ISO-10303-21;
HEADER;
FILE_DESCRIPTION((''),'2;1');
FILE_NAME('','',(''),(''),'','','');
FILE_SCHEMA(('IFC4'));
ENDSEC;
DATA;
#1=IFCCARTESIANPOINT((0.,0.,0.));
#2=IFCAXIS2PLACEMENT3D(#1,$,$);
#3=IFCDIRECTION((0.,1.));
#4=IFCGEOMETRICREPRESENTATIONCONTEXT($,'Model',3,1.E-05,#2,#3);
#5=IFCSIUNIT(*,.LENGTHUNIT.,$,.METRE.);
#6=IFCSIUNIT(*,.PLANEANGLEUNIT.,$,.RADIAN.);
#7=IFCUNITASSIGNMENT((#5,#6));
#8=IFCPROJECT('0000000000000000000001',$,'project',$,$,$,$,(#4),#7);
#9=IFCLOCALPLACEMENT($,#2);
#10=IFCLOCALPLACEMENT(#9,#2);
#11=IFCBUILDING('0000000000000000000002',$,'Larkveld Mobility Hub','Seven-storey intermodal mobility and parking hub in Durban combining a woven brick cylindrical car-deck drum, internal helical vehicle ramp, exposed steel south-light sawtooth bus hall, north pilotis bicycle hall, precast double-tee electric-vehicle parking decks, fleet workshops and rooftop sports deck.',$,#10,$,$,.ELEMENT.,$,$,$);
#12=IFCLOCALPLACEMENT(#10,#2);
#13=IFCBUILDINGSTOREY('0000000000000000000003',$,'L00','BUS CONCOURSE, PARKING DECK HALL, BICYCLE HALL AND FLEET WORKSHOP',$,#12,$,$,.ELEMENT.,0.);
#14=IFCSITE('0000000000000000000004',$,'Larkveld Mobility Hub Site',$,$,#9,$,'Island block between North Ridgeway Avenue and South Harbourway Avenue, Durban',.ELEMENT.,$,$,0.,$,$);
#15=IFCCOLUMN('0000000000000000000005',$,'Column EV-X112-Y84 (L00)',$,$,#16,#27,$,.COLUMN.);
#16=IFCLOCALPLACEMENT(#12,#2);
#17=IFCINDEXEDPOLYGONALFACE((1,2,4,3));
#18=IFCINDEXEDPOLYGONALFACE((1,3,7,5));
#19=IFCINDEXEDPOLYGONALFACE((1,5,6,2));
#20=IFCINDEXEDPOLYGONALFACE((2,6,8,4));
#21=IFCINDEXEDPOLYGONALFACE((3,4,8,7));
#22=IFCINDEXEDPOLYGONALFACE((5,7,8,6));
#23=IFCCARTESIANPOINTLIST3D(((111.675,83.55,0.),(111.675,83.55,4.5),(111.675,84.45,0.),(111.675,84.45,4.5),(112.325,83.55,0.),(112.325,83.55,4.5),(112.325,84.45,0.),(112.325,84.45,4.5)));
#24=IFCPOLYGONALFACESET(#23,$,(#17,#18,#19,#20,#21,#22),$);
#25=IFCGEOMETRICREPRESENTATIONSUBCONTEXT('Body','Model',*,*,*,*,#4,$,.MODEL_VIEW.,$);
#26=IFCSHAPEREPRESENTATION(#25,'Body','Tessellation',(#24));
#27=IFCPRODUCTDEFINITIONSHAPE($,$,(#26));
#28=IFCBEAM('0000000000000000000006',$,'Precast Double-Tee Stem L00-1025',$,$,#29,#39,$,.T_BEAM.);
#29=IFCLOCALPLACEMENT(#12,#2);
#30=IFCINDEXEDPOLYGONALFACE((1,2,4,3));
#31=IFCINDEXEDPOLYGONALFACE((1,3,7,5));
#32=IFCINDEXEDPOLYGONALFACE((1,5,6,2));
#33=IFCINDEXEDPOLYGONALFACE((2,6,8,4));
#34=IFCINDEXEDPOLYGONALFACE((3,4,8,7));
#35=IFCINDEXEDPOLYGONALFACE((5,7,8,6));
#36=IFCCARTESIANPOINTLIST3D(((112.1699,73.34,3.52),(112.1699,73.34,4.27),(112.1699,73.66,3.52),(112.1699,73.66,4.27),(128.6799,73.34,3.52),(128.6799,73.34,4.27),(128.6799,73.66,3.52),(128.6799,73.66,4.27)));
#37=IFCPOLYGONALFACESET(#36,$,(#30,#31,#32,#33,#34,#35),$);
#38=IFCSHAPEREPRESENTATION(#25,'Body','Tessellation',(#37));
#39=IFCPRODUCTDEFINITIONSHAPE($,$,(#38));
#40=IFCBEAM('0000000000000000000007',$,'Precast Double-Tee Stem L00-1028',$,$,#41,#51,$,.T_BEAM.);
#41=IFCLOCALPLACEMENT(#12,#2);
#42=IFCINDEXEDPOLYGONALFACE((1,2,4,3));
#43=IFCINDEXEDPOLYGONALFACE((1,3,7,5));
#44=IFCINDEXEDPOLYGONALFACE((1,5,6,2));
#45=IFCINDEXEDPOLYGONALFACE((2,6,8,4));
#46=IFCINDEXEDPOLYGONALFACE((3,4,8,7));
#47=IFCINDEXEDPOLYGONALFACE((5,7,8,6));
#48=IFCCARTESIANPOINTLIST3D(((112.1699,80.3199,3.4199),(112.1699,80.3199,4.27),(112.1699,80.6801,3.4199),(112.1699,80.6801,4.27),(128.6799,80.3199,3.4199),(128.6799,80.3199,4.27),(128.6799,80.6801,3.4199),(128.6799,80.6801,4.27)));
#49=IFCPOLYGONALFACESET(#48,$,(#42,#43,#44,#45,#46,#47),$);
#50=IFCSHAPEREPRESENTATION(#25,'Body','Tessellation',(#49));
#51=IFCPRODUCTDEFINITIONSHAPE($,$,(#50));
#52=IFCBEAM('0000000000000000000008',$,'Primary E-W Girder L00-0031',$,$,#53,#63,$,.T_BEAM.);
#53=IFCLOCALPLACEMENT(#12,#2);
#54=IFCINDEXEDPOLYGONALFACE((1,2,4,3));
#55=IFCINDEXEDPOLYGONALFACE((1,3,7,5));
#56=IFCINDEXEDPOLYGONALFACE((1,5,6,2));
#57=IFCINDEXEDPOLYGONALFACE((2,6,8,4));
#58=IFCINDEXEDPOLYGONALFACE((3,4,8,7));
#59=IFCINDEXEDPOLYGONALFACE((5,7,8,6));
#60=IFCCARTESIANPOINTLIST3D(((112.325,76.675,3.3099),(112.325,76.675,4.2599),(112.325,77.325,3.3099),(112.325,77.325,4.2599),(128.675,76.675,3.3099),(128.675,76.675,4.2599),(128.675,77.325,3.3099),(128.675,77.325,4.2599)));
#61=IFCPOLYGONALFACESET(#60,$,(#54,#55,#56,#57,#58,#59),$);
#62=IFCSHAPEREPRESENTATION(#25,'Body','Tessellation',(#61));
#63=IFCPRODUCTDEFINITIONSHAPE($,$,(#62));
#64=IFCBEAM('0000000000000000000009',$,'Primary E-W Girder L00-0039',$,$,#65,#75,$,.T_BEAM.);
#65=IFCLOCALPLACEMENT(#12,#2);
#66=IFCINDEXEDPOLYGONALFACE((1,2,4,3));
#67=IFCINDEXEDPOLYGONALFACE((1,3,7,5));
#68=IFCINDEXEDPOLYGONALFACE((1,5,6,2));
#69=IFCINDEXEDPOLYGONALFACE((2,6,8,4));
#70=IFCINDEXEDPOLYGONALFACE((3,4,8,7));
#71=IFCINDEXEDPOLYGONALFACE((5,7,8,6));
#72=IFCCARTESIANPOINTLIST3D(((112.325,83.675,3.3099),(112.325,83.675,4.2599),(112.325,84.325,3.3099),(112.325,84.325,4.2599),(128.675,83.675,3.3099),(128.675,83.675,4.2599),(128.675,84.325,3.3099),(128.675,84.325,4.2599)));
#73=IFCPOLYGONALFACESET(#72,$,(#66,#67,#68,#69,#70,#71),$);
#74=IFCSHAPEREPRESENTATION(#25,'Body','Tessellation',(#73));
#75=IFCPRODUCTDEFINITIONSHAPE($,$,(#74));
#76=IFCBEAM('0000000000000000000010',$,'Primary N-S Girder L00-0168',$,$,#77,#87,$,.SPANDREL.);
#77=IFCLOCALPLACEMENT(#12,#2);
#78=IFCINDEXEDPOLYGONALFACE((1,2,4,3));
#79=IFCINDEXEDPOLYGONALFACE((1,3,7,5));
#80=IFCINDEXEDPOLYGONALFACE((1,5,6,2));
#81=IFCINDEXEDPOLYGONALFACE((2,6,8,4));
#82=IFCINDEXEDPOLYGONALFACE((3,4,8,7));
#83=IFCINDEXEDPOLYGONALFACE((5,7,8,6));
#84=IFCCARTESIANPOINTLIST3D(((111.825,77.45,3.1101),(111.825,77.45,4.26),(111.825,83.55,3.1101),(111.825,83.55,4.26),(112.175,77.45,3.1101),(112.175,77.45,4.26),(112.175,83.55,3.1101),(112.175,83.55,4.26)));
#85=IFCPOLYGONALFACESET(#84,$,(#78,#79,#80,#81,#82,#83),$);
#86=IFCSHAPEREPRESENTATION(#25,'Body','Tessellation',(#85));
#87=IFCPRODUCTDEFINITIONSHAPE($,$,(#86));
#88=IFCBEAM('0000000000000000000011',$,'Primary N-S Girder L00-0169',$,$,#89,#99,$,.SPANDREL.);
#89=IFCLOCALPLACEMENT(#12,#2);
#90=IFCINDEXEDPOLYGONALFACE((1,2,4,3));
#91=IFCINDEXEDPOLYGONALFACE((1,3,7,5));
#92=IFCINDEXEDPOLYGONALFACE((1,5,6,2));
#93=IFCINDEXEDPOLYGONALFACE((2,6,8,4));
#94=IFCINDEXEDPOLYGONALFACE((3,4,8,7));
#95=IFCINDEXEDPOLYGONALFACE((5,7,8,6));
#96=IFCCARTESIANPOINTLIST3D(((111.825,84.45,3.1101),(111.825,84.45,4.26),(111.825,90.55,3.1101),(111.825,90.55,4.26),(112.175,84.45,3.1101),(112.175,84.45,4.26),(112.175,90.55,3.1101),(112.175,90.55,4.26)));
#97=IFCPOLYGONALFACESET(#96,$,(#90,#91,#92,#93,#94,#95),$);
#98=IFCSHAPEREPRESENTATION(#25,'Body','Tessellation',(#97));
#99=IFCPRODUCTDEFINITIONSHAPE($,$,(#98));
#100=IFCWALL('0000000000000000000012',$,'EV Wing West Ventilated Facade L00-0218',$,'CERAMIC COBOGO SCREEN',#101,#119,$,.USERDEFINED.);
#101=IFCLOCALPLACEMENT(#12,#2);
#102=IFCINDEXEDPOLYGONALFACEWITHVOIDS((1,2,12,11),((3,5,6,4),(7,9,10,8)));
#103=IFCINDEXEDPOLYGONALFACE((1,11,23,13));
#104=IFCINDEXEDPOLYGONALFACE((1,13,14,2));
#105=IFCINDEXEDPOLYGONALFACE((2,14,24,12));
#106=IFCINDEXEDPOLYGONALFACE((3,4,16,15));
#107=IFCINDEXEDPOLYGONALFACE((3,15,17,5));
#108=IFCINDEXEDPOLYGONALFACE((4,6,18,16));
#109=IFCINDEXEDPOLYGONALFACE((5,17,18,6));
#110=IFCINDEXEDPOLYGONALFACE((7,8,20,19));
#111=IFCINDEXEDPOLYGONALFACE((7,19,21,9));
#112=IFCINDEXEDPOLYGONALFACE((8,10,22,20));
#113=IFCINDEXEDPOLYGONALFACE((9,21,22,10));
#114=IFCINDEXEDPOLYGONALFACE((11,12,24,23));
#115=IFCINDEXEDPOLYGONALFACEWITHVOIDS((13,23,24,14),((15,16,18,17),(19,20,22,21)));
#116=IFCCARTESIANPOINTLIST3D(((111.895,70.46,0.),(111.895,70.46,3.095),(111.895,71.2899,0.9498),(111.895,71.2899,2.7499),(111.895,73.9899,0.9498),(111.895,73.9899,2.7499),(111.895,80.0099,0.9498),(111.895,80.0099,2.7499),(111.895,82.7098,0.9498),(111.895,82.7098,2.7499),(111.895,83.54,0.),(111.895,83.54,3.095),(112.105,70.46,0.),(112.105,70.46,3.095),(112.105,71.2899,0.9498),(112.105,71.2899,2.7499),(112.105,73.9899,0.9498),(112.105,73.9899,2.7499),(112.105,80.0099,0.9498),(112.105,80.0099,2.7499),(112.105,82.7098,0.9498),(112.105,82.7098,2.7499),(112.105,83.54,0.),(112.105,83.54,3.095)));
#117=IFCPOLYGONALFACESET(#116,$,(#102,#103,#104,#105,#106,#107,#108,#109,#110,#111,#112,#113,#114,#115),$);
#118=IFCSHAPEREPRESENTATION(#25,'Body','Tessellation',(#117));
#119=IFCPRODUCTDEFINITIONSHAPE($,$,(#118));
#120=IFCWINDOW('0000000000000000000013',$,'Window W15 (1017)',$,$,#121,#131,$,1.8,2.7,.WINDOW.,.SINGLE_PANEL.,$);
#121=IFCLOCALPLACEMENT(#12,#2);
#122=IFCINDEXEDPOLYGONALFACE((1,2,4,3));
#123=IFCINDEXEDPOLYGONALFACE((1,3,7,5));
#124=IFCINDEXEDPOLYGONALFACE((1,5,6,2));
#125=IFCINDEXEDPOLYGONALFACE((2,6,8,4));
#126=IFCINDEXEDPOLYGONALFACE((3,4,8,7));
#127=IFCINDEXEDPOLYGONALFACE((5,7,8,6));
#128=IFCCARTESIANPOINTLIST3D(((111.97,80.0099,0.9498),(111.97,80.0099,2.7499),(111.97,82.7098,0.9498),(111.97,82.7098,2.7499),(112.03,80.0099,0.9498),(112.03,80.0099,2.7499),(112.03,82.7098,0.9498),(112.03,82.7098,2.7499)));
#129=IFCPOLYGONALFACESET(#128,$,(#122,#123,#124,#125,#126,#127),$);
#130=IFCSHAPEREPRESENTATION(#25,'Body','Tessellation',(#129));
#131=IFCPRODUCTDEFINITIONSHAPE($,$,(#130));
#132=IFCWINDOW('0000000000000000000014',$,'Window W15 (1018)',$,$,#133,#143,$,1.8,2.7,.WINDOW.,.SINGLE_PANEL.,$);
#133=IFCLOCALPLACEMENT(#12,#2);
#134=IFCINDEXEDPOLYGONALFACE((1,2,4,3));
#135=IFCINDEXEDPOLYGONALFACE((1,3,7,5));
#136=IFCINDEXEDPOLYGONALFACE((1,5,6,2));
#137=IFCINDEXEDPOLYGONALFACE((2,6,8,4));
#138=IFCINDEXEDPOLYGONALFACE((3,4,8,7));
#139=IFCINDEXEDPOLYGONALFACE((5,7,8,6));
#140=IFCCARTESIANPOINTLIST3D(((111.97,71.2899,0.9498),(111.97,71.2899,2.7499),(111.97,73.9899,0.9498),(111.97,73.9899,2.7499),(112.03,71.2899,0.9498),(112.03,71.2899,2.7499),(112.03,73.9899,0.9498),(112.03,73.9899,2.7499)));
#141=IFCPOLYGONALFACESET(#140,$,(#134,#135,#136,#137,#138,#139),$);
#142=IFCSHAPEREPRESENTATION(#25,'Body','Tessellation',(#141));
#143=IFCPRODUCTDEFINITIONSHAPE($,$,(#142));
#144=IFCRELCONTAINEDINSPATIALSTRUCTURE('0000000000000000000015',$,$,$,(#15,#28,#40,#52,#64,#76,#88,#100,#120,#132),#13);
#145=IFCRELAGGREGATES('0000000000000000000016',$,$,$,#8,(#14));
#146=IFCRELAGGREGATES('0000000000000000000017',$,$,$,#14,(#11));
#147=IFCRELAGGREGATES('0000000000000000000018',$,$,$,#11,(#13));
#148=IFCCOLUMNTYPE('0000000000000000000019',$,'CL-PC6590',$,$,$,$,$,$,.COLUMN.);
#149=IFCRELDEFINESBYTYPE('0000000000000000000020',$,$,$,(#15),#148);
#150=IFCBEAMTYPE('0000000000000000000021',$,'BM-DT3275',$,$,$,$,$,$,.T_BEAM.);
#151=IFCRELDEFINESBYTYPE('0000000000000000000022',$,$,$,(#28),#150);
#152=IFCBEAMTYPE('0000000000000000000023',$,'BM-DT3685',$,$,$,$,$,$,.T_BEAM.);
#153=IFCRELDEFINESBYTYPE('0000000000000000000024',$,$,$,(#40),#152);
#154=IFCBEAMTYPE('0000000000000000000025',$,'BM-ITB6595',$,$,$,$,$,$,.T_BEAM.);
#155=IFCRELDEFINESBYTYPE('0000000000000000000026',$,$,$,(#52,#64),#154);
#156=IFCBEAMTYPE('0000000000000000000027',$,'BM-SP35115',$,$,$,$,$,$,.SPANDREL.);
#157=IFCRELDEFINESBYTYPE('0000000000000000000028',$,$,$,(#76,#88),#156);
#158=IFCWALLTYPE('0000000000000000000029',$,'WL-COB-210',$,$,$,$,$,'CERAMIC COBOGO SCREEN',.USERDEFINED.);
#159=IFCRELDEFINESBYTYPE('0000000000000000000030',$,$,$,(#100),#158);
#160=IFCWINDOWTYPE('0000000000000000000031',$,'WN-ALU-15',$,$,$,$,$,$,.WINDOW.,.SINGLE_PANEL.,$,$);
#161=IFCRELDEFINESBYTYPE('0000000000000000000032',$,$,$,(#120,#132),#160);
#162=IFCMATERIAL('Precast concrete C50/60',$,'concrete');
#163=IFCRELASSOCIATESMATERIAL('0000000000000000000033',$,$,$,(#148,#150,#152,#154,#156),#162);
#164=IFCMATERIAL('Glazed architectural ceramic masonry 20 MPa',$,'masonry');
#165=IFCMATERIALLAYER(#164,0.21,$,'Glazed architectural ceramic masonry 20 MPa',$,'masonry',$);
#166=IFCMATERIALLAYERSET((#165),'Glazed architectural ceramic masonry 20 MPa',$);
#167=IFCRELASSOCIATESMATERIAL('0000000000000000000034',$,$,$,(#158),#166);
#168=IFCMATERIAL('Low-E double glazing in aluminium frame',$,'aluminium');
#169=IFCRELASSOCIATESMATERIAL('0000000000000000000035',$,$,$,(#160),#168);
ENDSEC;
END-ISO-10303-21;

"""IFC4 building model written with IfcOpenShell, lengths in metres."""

from ifc_helpers import new_model, si_unit, direction, frame, frame_2d, origin, origin_2d, place, context, subcontext, project, spatial, rectangle, extrude, material, layer, layer_set, material_profile, profile_set, type_object, element, fill, save


model = new_model("IFC4")

# Units and contexts
model_context = context("Model", 3, precision=1e-05, world=origin(), true_north=direction((0.0, 1.0)))
body_context = subcontext(model_context, "Body", "Model", "MODEL_VIEW")
ifc_project = project(units=[si_unit("LENGTHUNIT", "METRE"), si_unit("PLANEANGLEUNIT", "RADIAN")], contexts=[model_context])

# Site, building, storey
site_placement = place(None, origin())
site = spatial("IfcSite", under=ifc_project, at=site_placement, Name="Larkveld Mobility Hub Site", LongName="Island block between North Ridgeway Avenue and South Harbourway Avenue, Durban", CompositionType="ELEMENT", RefElevation=0.0)
building_placement = place(site_placement, origin())
building = spatial("IfcBuilding", under=site, at=building_placement, Name="Larkveld Mobility Hub", Description="Seven-storey intermodal mobility and parking hub in Durban combining a woven brick cylindrical car-deck drum, internal helical vehicle ramp, exposed steel south-light sawtooth bus hall, north pilotis bicycle hall, precast double-tee electric-vehicle parking decks, fleet workshops and rooftop sports deck.", CompositionType="ELEMENT")
storey_placement = place(building_placement, origin())
storey = spatial("IfcBuildingStorey", under=building, at=storey_placement, Name="L00", Description="BUS CONCOURSE, PARKING DECK HALL, BICYCLE HALL AND FLEET WORKSHOP", CompositionType="ELEMENT", Elevation=0.0)

# Column
ifc_material_1 = material(Name="Precast concrete C50/60", Category="concrete")
ifc_material_profile_1 = material_profile(ifc_material_1, rectangle(XDim=0.6499, YDim=0.8999, at=origin_2d()), Name="RC COL 650x900")
ifc_profile_set_1 = profile_set([ifc_material_profile_1], Name="Precast concrete C50/60")
column_type = type_object("IfcColumnType", Name="CL-PC6590", PredefinedType="COLUMN", material=ifc_profile_set_1)
for number, where, z_axis, x_axis, name in (
    (1, (112.0, 84.0, 0.0), (0.0, 0.0, 1.0), (1.0, 0.0, 0.0), "Column EV-X112-Y84 (L00)"),
):
    element("IfcColumn", number, at=place(storey_placement, frame(where, z_axis=z_axis, x_axis=x_axis)), inside=storey, type_object=column_type, Name=name, PredefinedType="COLUMN", context=body_context, shape_type="SweptSolid", body=[
        extrude(rectangle(XDim=0.6499, YDim=0.8999, at=origin_2d()), origin(), (0.0, 0.0, 1.0), 4.5),
    ])

# Beams
ifc_material_profile_2 = material_profile(ifc_material_1, rectangle(XDim=0.3201, YDim=0.75, at=origin_2d()), Name="PC DT 320x750")
ifc_profile_set_2 = profile_set([ifc_material_profile_2], Name="Precast concrete C50/60")
beam_type_1 = type_object("IfcBeamType", Name="BM-DT3275", PredefinedType="T_BEAM", material=ifc_profile_set_2)
beam_1_placement = place(storey_placement, frame((112.1699, 73.5, 3.895), z_axis=(1.0, 0.0, 0.0), x_axis=(0.0, 1.0, 0.0)))
element("IfcBeam", 2, at=beam_1_placement, inside=storey, type_object=beam_type_1, Name="Precast Double-Tee Stem L00-1025", PredefinedType="T_BEAM", context=body_context, shape_type="SweptSolid", body=[
    extrude(rectangle(XDim=0.3201, YDim=0.75, at=origin_2d()), origin(), (0.0, 0.0, 1.0), 16.51),
])
ifc_material_profile_3 = material_profile(ifc_material_1, rectangle(XDim=0.3601, YDim=0.8501, at=origin_2d()), Name="PC DT 360x850")
ifc_profile_set_3 = profile_set([ifc_material_profile_3], Name="Precast concrete C50/60")
beam_type_2 = type_object("IfcBeamType", Name="BM-DT3685", PredefinedType="T_BEAM", material=ifc_profile_set_3)
beam_2_placement = place(storey_placement, frame((112.1699, 80.5, 3.845), z_axis=(1.0, 0.0, 0.0), x_axis=(0.0, 1.0, 0.0)))
element("IfcBeam", 3, at=beam_2_placement, inside=storey, type_object=beam_type_2, Name="Precast Double-Tee Stem L00-1028", PredefinedType="T_BEAM", context=body_context, shape_type="SweptSolid", body=[
    extrude(rectangle(XDim=0.3601, YDim=0.8501, at=origin_2d()), origin(), (0.0, 0.0, 1.0), 16.51),
])
ifc_material_profile_4 = material_profile(ifc_material_1, rectangle(XDim=0.6499, YDim=0.95, at=origin_2d()), Name="PC ITB 650x950")
ifc_profile_set_4 = profile_set([ifc_material_profile_4], Name="Precast concrete C50/60")
beam_type_3 = type_object("IfcBeamType", Name="BM-ITB6595", PredefinedType="T_BEAM", material=ifc_profile_set_4)
for number, where, z_axis, x_axis, name in (
    (4, (112.325, 77.0, 3.7849), (1.0, 0.0, 0.0), (0.0, 1.0, 0.0), "Primary E-W Girder L00-0031"),
    (5, (112.325, 84.0, 3.7849), (1.0, 0.0, 0.0), (0.0, 1.0, 0.0), "Primary E-W Girder L00-0039"),
):
    element("IfcBeam", number, at=place(storey_placement, frame(where, z_axis=z_axis, x_axis=x_axis)), inside=storey, type_object=beam_type_3, Name=name, PredefinedType="T_BEAM", context=body_context, shape_type="SweptSolid", body=[
        extrude(rectangle(XDim=0.6499, YDim=0.95, at=origin_2d()), origin(), (0.0, 0.0, 1.0), 16.3501),
    ])
ifc_material_profile_5 = material_profile(ifc_material_1, rectangle(XDim=0.3501, YDim=1.1499, at=origin_2d()), Name="PC SP 350x1150")
ifc_profile_set_5 = profile_set([ifc_material_profile_5], Name="Precast concrete C50/60")
beam_type_4 = type_object("IfcBeamType", Name="BM-SP35115", PredefinedType="SPANDREL", material=ifc_profile_set_5)
for number, where, z_axis, x_axis, name in (
    (6, (112.0, 77.45, 3.6851), (0.0, 1.0, 0.0), (-1.0, 0.0, 0.0), "Primary N-S Girder L00-0168"),
    (7, (112.0, 84.45, 3.6851), (0.0, 1.0, 0.0), (-1.0, 0.0, 0.0), "Primary N-S Girder L00-0169"),
):
    element("IfcBeam", number, at=place(storey_placement, frame(where, z_axis=z_axis, x_axis=x_axis)), inside=storey, type_object=beam_type_4, Name=name, PredefinedType="SPANDREL", context=body_context, shape_type="SweptSolid", body=[
        extrude(rectangle(XDim=0.3501, YDim=1.1499, at=origin_2d()), origin(), (0.0, 0.0, 1.0), 6.1001),
    ])

# Wall, openings, windows
ifc_material_2 = material(Name="Glazed architectural ceramic masonry 20 MPa", Category="masonry")
ifc_layer = layer(ifc_material_2, 0.21, Name="Glazed architectural ceramic masonry 20 MPa", Category="masonry")
ifc_layer_set = layer_set([ifc_layer], Name="Glazed architectural ceramic masonry 20 MPa")
wall_type = type_object("IfcWallType", Name="WL-COB-210", ElementType="CERAMIC COBOGO SCREEN", PredefinedType="USERDEFINED", material=ifc_layer_set)
wall_placement = place(storey_placement, frame((112.0, 83.54, 0.0), z_axis=(0.0, 0.0, 1.0), x_axis=(0.0, -1.0, 0.0)))
wall = element("IfcWall", 8, at=wall_placement, inside=storey, type_object=wall_type, Name="EV Wing West Ventilated Facade L00-0218", ObjectType="CERAMIC COBOGO SCREEN", PredefinedType="USERDEFINED", context=body_context, shape_type="SweptSolid", body=[
    extrude(rectangle(XDim=13.0801, YDim=0.21, at=frame_2d((6.54, 0.0))), origin(), (0.0, 0.0, 1.0), 3.095),
])
opening_1_placement = place(wall_placement, frame((0.8301, 0.0, 0.95)))
opening_1 = element("IfcOpeningElement", 9, at=opening_1_placement, cuts=wall, PredefinedType="OPENING", context=body_context, shape_type="SweptSolid", body=[
    extrude(rectangle(XDim=2.7, YDim=1.8, at=frame_2d((1.3501, 0.8999))), frame((0.0, 0.115, 0.0), z_axis=(0.0, -1.0, 0.0), x_axis=(1.0, 0.0, 0.0)), (0.0, 0.0, 1.0), 0.23),
])
opening_2_placement = place(wall_placement, frame((9.55, 0.0, 0.95)))
opening_2 = element("IfcOpeningElement", 10, at=opening_2_placement, cuts=wall, PredefinedType="OPENING", context=body_context, shape_type="SweptSolid", body=[
    extrude(rectangle(XDim=2.7, YDim=1.8, at=frame_2d((1.3501, 0.8999))), frame((0.0, 0.115, 0.0), z_axis=(0.0, -1.0, 0.0), x_axis=(1.0, 0.0, 0.0)), (0.0, 0.0, 1.0), 0.23),
])
ifc_material_3 = material(Name="Low-E double glazing in aluminium frame", Category="aluminium")
window_type = type_object("IfcWindowType", Name="WN-ALU-15", PartitioningType="SINGLE_PANEL", PredefinedType="WINDOW", material=ifc_material_3)
window_1_placement = place(opening_1_placement, origin())
window_1 = element("IfcWindow", 11, at=window_1_placement, inside=storey, type_object=window_type, Name="Window W15 (1017)", OverallHeight=1.8, OverallWidth=2.7, PartitioningType="SINGLE_PANEL", PredefinedType="WINDOW", context=body_context, shape_type="SweptSolid", body=[
    extrude(rectangle(XDim=2.7, YDim=1.8, at=frame_2d((1.3501, 0.8999))), frame((0.0, 0.03, 0.0), z_axis=(0.0, -1.0, 0.0), x_axis=(1.0, 0.0, 0.0)), (0.0, 0.0, 1.0), 0.0601),
])
fill(opening_1, window_1)
window_2_placement = place(opening_2_placement, origin())
window_2 = element("IfcWindow", 12, at=window_2_placement, inside=storey, type_object=window_type, Name="Window W15 (1018)", OverallHeight=1.8, OverallWidth=2.7, PartitioningType="SINGLE_PANEL", PredefinedType="WINDOW", context=body_context, shape_type="SweptSolid", body=[
    extrude(rectangle(XDim=2.7, YDim=1.8, at=frame_2d((1.3501, 0.8999))), frame((0.0, 0.03, 0.0), z_axis=(0.0, -1.0, 0.0), x_axis=(1.0, 0.0, 0.0)), (0.0, 0.0, 1.0), 0.0601),
])
fill(opening_2, window_2)

save(model, "model.ifc")
